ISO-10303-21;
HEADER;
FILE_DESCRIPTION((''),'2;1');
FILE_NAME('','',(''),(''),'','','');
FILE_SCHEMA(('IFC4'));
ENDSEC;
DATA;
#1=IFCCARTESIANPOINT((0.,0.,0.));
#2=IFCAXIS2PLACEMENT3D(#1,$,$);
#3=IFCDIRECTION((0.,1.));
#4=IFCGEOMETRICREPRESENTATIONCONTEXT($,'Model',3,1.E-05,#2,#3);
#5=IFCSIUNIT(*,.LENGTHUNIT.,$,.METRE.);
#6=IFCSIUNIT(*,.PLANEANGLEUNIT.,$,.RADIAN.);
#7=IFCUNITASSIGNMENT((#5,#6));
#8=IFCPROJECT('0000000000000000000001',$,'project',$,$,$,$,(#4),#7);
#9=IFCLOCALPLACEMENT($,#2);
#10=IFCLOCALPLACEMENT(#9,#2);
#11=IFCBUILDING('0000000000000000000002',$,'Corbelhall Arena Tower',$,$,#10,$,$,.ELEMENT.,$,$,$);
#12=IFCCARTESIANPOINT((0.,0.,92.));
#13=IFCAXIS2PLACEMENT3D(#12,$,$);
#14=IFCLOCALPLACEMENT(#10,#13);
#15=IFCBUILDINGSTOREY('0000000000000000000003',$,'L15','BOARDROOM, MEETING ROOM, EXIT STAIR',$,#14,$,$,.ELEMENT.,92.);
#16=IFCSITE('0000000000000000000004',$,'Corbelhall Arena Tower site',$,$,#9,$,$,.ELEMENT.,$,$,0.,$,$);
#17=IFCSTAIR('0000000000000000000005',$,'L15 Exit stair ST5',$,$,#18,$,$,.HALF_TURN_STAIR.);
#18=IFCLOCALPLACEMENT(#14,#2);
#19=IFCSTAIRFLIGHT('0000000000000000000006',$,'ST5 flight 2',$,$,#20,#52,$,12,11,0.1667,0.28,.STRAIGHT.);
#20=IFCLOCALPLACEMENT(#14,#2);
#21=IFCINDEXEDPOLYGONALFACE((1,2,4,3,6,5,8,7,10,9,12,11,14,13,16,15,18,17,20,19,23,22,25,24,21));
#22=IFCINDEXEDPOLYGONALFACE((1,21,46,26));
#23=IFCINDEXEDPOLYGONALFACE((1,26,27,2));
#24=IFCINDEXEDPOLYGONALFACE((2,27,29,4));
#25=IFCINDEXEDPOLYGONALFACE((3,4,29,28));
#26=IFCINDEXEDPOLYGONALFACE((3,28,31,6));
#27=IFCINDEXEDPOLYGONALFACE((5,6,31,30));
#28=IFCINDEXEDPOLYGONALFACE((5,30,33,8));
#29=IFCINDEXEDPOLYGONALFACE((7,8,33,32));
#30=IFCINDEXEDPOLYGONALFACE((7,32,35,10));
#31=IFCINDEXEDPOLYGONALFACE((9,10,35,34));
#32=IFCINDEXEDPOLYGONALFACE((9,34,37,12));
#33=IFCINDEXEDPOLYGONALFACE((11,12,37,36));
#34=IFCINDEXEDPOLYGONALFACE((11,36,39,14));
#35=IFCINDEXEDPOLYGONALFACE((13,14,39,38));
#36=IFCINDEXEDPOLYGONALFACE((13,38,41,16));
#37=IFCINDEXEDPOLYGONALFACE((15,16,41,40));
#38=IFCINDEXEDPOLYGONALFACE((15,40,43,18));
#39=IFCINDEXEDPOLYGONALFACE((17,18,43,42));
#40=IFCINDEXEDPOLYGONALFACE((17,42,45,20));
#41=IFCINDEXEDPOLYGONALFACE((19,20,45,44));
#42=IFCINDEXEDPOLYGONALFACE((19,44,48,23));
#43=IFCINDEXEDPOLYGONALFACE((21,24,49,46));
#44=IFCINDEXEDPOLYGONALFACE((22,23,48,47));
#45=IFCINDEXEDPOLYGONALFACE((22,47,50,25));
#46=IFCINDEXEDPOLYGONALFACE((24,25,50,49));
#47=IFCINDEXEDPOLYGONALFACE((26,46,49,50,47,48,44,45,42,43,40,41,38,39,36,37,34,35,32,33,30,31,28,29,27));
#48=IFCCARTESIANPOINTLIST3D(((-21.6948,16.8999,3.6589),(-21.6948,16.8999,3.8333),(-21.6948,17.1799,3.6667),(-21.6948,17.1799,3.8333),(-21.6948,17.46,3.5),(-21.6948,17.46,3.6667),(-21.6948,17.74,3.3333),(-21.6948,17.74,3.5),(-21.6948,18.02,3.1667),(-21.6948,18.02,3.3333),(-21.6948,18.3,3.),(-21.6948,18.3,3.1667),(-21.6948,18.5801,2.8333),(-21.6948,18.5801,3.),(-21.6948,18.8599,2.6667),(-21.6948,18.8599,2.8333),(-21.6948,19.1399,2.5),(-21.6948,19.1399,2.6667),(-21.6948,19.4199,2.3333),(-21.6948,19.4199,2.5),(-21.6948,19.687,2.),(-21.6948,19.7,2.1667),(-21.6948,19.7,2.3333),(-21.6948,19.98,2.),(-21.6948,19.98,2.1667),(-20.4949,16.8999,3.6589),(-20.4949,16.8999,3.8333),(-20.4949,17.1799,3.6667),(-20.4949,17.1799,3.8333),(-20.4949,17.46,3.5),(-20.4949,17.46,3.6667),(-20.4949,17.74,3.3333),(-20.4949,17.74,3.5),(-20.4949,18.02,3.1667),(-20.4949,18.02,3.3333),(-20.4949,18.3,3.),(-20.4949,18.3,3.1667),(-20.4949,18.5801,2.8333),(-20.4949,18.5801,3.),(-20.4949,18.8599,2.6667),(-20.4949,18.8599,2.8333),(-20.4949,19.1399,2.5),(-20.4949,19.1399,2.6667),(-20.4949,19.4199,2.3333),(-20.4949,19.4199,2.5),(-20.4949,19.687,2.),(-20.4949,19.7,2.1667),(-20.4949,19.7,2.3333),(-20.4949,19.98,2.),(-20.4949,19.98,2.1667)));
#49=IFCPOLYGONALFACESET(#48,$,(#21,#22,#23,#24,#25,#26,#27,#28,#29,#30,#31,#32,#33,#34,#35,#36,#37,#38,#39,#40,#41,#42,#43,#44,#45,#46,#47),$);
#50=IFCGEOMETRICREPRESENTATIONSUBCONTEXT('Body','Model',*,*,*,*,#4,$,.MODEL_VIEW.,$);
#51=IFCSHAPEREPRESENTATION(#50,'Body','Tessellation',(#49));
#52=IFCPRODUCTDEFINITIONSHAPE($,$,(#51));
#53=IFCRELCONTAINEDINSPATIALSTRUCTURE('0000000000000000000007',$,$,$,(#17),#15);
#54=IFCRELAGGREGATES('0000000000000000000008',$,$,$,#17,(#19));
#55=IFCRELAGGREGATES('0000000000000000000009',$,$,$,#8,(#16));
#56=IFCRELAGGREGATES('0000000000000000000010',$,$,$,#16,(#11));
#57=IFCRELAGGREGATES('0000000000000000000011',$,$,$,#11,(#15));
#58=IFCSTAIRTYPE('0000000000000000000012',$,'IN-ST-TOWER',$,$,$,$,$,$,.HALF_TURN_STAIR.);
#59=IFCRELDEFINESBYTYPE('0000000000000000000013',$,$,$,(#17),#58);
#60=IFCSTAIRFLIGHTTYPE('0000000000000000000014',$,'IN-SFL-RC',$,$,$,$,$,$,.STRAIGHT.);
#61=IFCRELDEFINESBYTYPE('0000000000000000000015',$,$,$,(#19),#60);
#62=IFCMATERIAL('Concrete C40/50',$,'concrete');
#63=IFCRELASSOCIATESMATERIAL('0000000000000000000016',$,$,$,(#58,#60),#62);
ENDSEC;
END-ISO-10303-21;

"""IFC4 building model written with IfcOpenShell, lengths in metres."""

from ifc_helpers import new_model, si_unit, direction, frame, origin, place, context, subcontext, project, spatial, polyline, outline, extrude, material, type_object, element, aggregate, save


model = new_model("IFC4")

# Units and contexts
model_context = context("Model", 3, precision=1e-05, world=origin(), true_north=direction((0.0, 1.0)))
body_context = subcontext(model_context, "Body", "Model", "MODEL_VIEW")
ifc_project = project(units=[si_unit("LENGTHUNIT", "METRE"), si_unit("PLANEANGLEUNIT", "RADIAN")], contexts=[model_context])

# Site, building, storey
site_placement = place(None, origin())
site = spatial("IfcSite", under=ifc_project, at=site_placement, Name="Corbelhall Arena Tower site", CompositionType="ELEMENT", RefElevation=0.0)
building_placement = place(site_placement, origin())
building = spatial("IfcBuilding", under=site, at=building_placement, Name="Corbelhall Arena Tower", CompositionType="ELEMENT")
storey_placement = place(building_placement, frame((0.0, 0.0, 92.0)))
storey = spatial("IfcBuildingStorey", under=building, at=storey_placement, Name="L15", Description="BOARDROOM, MEETING ROOM, EXIT STAIR", CompositionType="ELEMENT", Elevation=92.0)

# Shared definitions
ifc_material_1 = material(Name="Concrete C40/50", Category="concrete")

# Stair, stair flight
stair_type = type_object("IfcStairType", Name="IN-ST-TOWER", PredefinedType="HALF_TURN_STAIR", material=ifc_material_1)
stair_placement = place(storey_placement, origin())
stair = element("IfcStair", 1, at=stair_placement, inside=storey, type_object=stair_type, Name="L15 Exit stair ST5", PredefinedType="HALF_TURN_STAIR")
stair_flight_type = type_object("IfcStairFlightType", Name="IN-SFL-RC", PredefinedType="STRAIGHT", material=ifc_material_1)
stair_flight_placement = place(storey_placement, frame((-21.095, 19.98, 2.0), z_axis=(0.0, 0.0, 1.0), x_axis=(0.0, -1.0, 0.0)))
stair_flight = element("IfcStairFlight", 2, at=stair_flight_placement, type_object=stair_flight_type, Name="ST5 flight 2", NumberOfRisers=12, NumberOfTreads=11, PredefinedType="STRAIGHT", RiserHeight=0.1667, TreadLength=0.28, context=body_context, shape_type="SweptSolid", body=[
    extrude(outline(polyline([(0.0, 0.0), (0.0, 0.1667), (0.28, 0.1667), (0.28, 0.3333), (0.5601, 0.3333), (0.5601, 0.5), (0.8401, 0.5), (0.8401, 0.6667), (1.1201, 0.6667), (1.1201, 0.8333), (1.3999, 0.8333), (1.3999, 1.0), (1.6799, 1.0), (1.6799, 1.1667), (1.96, 1.1667), (1.96, 1.3333), (2.24, 1.3333), (2.24, 1.5), (2.52, 1.5), (2.52, 1.6667), (2.8, 1.6667), (2.8, 1.8333), (3.0801, 1.8333), (3.0801, 2.0), (3.0801, 1.6589), (0.293, 0.0), (0.0, 0.0)])), frame((0.0, 0.6001, 0.0), z_axis=(0.0, -1.0, 0.0), x_axis=(1.0, 0.0, 0.0)), (0.0, 0.0, 1.0), 1.2),
])
aggregate(stair, [stair_flight])

save(model, "model.ifc")
